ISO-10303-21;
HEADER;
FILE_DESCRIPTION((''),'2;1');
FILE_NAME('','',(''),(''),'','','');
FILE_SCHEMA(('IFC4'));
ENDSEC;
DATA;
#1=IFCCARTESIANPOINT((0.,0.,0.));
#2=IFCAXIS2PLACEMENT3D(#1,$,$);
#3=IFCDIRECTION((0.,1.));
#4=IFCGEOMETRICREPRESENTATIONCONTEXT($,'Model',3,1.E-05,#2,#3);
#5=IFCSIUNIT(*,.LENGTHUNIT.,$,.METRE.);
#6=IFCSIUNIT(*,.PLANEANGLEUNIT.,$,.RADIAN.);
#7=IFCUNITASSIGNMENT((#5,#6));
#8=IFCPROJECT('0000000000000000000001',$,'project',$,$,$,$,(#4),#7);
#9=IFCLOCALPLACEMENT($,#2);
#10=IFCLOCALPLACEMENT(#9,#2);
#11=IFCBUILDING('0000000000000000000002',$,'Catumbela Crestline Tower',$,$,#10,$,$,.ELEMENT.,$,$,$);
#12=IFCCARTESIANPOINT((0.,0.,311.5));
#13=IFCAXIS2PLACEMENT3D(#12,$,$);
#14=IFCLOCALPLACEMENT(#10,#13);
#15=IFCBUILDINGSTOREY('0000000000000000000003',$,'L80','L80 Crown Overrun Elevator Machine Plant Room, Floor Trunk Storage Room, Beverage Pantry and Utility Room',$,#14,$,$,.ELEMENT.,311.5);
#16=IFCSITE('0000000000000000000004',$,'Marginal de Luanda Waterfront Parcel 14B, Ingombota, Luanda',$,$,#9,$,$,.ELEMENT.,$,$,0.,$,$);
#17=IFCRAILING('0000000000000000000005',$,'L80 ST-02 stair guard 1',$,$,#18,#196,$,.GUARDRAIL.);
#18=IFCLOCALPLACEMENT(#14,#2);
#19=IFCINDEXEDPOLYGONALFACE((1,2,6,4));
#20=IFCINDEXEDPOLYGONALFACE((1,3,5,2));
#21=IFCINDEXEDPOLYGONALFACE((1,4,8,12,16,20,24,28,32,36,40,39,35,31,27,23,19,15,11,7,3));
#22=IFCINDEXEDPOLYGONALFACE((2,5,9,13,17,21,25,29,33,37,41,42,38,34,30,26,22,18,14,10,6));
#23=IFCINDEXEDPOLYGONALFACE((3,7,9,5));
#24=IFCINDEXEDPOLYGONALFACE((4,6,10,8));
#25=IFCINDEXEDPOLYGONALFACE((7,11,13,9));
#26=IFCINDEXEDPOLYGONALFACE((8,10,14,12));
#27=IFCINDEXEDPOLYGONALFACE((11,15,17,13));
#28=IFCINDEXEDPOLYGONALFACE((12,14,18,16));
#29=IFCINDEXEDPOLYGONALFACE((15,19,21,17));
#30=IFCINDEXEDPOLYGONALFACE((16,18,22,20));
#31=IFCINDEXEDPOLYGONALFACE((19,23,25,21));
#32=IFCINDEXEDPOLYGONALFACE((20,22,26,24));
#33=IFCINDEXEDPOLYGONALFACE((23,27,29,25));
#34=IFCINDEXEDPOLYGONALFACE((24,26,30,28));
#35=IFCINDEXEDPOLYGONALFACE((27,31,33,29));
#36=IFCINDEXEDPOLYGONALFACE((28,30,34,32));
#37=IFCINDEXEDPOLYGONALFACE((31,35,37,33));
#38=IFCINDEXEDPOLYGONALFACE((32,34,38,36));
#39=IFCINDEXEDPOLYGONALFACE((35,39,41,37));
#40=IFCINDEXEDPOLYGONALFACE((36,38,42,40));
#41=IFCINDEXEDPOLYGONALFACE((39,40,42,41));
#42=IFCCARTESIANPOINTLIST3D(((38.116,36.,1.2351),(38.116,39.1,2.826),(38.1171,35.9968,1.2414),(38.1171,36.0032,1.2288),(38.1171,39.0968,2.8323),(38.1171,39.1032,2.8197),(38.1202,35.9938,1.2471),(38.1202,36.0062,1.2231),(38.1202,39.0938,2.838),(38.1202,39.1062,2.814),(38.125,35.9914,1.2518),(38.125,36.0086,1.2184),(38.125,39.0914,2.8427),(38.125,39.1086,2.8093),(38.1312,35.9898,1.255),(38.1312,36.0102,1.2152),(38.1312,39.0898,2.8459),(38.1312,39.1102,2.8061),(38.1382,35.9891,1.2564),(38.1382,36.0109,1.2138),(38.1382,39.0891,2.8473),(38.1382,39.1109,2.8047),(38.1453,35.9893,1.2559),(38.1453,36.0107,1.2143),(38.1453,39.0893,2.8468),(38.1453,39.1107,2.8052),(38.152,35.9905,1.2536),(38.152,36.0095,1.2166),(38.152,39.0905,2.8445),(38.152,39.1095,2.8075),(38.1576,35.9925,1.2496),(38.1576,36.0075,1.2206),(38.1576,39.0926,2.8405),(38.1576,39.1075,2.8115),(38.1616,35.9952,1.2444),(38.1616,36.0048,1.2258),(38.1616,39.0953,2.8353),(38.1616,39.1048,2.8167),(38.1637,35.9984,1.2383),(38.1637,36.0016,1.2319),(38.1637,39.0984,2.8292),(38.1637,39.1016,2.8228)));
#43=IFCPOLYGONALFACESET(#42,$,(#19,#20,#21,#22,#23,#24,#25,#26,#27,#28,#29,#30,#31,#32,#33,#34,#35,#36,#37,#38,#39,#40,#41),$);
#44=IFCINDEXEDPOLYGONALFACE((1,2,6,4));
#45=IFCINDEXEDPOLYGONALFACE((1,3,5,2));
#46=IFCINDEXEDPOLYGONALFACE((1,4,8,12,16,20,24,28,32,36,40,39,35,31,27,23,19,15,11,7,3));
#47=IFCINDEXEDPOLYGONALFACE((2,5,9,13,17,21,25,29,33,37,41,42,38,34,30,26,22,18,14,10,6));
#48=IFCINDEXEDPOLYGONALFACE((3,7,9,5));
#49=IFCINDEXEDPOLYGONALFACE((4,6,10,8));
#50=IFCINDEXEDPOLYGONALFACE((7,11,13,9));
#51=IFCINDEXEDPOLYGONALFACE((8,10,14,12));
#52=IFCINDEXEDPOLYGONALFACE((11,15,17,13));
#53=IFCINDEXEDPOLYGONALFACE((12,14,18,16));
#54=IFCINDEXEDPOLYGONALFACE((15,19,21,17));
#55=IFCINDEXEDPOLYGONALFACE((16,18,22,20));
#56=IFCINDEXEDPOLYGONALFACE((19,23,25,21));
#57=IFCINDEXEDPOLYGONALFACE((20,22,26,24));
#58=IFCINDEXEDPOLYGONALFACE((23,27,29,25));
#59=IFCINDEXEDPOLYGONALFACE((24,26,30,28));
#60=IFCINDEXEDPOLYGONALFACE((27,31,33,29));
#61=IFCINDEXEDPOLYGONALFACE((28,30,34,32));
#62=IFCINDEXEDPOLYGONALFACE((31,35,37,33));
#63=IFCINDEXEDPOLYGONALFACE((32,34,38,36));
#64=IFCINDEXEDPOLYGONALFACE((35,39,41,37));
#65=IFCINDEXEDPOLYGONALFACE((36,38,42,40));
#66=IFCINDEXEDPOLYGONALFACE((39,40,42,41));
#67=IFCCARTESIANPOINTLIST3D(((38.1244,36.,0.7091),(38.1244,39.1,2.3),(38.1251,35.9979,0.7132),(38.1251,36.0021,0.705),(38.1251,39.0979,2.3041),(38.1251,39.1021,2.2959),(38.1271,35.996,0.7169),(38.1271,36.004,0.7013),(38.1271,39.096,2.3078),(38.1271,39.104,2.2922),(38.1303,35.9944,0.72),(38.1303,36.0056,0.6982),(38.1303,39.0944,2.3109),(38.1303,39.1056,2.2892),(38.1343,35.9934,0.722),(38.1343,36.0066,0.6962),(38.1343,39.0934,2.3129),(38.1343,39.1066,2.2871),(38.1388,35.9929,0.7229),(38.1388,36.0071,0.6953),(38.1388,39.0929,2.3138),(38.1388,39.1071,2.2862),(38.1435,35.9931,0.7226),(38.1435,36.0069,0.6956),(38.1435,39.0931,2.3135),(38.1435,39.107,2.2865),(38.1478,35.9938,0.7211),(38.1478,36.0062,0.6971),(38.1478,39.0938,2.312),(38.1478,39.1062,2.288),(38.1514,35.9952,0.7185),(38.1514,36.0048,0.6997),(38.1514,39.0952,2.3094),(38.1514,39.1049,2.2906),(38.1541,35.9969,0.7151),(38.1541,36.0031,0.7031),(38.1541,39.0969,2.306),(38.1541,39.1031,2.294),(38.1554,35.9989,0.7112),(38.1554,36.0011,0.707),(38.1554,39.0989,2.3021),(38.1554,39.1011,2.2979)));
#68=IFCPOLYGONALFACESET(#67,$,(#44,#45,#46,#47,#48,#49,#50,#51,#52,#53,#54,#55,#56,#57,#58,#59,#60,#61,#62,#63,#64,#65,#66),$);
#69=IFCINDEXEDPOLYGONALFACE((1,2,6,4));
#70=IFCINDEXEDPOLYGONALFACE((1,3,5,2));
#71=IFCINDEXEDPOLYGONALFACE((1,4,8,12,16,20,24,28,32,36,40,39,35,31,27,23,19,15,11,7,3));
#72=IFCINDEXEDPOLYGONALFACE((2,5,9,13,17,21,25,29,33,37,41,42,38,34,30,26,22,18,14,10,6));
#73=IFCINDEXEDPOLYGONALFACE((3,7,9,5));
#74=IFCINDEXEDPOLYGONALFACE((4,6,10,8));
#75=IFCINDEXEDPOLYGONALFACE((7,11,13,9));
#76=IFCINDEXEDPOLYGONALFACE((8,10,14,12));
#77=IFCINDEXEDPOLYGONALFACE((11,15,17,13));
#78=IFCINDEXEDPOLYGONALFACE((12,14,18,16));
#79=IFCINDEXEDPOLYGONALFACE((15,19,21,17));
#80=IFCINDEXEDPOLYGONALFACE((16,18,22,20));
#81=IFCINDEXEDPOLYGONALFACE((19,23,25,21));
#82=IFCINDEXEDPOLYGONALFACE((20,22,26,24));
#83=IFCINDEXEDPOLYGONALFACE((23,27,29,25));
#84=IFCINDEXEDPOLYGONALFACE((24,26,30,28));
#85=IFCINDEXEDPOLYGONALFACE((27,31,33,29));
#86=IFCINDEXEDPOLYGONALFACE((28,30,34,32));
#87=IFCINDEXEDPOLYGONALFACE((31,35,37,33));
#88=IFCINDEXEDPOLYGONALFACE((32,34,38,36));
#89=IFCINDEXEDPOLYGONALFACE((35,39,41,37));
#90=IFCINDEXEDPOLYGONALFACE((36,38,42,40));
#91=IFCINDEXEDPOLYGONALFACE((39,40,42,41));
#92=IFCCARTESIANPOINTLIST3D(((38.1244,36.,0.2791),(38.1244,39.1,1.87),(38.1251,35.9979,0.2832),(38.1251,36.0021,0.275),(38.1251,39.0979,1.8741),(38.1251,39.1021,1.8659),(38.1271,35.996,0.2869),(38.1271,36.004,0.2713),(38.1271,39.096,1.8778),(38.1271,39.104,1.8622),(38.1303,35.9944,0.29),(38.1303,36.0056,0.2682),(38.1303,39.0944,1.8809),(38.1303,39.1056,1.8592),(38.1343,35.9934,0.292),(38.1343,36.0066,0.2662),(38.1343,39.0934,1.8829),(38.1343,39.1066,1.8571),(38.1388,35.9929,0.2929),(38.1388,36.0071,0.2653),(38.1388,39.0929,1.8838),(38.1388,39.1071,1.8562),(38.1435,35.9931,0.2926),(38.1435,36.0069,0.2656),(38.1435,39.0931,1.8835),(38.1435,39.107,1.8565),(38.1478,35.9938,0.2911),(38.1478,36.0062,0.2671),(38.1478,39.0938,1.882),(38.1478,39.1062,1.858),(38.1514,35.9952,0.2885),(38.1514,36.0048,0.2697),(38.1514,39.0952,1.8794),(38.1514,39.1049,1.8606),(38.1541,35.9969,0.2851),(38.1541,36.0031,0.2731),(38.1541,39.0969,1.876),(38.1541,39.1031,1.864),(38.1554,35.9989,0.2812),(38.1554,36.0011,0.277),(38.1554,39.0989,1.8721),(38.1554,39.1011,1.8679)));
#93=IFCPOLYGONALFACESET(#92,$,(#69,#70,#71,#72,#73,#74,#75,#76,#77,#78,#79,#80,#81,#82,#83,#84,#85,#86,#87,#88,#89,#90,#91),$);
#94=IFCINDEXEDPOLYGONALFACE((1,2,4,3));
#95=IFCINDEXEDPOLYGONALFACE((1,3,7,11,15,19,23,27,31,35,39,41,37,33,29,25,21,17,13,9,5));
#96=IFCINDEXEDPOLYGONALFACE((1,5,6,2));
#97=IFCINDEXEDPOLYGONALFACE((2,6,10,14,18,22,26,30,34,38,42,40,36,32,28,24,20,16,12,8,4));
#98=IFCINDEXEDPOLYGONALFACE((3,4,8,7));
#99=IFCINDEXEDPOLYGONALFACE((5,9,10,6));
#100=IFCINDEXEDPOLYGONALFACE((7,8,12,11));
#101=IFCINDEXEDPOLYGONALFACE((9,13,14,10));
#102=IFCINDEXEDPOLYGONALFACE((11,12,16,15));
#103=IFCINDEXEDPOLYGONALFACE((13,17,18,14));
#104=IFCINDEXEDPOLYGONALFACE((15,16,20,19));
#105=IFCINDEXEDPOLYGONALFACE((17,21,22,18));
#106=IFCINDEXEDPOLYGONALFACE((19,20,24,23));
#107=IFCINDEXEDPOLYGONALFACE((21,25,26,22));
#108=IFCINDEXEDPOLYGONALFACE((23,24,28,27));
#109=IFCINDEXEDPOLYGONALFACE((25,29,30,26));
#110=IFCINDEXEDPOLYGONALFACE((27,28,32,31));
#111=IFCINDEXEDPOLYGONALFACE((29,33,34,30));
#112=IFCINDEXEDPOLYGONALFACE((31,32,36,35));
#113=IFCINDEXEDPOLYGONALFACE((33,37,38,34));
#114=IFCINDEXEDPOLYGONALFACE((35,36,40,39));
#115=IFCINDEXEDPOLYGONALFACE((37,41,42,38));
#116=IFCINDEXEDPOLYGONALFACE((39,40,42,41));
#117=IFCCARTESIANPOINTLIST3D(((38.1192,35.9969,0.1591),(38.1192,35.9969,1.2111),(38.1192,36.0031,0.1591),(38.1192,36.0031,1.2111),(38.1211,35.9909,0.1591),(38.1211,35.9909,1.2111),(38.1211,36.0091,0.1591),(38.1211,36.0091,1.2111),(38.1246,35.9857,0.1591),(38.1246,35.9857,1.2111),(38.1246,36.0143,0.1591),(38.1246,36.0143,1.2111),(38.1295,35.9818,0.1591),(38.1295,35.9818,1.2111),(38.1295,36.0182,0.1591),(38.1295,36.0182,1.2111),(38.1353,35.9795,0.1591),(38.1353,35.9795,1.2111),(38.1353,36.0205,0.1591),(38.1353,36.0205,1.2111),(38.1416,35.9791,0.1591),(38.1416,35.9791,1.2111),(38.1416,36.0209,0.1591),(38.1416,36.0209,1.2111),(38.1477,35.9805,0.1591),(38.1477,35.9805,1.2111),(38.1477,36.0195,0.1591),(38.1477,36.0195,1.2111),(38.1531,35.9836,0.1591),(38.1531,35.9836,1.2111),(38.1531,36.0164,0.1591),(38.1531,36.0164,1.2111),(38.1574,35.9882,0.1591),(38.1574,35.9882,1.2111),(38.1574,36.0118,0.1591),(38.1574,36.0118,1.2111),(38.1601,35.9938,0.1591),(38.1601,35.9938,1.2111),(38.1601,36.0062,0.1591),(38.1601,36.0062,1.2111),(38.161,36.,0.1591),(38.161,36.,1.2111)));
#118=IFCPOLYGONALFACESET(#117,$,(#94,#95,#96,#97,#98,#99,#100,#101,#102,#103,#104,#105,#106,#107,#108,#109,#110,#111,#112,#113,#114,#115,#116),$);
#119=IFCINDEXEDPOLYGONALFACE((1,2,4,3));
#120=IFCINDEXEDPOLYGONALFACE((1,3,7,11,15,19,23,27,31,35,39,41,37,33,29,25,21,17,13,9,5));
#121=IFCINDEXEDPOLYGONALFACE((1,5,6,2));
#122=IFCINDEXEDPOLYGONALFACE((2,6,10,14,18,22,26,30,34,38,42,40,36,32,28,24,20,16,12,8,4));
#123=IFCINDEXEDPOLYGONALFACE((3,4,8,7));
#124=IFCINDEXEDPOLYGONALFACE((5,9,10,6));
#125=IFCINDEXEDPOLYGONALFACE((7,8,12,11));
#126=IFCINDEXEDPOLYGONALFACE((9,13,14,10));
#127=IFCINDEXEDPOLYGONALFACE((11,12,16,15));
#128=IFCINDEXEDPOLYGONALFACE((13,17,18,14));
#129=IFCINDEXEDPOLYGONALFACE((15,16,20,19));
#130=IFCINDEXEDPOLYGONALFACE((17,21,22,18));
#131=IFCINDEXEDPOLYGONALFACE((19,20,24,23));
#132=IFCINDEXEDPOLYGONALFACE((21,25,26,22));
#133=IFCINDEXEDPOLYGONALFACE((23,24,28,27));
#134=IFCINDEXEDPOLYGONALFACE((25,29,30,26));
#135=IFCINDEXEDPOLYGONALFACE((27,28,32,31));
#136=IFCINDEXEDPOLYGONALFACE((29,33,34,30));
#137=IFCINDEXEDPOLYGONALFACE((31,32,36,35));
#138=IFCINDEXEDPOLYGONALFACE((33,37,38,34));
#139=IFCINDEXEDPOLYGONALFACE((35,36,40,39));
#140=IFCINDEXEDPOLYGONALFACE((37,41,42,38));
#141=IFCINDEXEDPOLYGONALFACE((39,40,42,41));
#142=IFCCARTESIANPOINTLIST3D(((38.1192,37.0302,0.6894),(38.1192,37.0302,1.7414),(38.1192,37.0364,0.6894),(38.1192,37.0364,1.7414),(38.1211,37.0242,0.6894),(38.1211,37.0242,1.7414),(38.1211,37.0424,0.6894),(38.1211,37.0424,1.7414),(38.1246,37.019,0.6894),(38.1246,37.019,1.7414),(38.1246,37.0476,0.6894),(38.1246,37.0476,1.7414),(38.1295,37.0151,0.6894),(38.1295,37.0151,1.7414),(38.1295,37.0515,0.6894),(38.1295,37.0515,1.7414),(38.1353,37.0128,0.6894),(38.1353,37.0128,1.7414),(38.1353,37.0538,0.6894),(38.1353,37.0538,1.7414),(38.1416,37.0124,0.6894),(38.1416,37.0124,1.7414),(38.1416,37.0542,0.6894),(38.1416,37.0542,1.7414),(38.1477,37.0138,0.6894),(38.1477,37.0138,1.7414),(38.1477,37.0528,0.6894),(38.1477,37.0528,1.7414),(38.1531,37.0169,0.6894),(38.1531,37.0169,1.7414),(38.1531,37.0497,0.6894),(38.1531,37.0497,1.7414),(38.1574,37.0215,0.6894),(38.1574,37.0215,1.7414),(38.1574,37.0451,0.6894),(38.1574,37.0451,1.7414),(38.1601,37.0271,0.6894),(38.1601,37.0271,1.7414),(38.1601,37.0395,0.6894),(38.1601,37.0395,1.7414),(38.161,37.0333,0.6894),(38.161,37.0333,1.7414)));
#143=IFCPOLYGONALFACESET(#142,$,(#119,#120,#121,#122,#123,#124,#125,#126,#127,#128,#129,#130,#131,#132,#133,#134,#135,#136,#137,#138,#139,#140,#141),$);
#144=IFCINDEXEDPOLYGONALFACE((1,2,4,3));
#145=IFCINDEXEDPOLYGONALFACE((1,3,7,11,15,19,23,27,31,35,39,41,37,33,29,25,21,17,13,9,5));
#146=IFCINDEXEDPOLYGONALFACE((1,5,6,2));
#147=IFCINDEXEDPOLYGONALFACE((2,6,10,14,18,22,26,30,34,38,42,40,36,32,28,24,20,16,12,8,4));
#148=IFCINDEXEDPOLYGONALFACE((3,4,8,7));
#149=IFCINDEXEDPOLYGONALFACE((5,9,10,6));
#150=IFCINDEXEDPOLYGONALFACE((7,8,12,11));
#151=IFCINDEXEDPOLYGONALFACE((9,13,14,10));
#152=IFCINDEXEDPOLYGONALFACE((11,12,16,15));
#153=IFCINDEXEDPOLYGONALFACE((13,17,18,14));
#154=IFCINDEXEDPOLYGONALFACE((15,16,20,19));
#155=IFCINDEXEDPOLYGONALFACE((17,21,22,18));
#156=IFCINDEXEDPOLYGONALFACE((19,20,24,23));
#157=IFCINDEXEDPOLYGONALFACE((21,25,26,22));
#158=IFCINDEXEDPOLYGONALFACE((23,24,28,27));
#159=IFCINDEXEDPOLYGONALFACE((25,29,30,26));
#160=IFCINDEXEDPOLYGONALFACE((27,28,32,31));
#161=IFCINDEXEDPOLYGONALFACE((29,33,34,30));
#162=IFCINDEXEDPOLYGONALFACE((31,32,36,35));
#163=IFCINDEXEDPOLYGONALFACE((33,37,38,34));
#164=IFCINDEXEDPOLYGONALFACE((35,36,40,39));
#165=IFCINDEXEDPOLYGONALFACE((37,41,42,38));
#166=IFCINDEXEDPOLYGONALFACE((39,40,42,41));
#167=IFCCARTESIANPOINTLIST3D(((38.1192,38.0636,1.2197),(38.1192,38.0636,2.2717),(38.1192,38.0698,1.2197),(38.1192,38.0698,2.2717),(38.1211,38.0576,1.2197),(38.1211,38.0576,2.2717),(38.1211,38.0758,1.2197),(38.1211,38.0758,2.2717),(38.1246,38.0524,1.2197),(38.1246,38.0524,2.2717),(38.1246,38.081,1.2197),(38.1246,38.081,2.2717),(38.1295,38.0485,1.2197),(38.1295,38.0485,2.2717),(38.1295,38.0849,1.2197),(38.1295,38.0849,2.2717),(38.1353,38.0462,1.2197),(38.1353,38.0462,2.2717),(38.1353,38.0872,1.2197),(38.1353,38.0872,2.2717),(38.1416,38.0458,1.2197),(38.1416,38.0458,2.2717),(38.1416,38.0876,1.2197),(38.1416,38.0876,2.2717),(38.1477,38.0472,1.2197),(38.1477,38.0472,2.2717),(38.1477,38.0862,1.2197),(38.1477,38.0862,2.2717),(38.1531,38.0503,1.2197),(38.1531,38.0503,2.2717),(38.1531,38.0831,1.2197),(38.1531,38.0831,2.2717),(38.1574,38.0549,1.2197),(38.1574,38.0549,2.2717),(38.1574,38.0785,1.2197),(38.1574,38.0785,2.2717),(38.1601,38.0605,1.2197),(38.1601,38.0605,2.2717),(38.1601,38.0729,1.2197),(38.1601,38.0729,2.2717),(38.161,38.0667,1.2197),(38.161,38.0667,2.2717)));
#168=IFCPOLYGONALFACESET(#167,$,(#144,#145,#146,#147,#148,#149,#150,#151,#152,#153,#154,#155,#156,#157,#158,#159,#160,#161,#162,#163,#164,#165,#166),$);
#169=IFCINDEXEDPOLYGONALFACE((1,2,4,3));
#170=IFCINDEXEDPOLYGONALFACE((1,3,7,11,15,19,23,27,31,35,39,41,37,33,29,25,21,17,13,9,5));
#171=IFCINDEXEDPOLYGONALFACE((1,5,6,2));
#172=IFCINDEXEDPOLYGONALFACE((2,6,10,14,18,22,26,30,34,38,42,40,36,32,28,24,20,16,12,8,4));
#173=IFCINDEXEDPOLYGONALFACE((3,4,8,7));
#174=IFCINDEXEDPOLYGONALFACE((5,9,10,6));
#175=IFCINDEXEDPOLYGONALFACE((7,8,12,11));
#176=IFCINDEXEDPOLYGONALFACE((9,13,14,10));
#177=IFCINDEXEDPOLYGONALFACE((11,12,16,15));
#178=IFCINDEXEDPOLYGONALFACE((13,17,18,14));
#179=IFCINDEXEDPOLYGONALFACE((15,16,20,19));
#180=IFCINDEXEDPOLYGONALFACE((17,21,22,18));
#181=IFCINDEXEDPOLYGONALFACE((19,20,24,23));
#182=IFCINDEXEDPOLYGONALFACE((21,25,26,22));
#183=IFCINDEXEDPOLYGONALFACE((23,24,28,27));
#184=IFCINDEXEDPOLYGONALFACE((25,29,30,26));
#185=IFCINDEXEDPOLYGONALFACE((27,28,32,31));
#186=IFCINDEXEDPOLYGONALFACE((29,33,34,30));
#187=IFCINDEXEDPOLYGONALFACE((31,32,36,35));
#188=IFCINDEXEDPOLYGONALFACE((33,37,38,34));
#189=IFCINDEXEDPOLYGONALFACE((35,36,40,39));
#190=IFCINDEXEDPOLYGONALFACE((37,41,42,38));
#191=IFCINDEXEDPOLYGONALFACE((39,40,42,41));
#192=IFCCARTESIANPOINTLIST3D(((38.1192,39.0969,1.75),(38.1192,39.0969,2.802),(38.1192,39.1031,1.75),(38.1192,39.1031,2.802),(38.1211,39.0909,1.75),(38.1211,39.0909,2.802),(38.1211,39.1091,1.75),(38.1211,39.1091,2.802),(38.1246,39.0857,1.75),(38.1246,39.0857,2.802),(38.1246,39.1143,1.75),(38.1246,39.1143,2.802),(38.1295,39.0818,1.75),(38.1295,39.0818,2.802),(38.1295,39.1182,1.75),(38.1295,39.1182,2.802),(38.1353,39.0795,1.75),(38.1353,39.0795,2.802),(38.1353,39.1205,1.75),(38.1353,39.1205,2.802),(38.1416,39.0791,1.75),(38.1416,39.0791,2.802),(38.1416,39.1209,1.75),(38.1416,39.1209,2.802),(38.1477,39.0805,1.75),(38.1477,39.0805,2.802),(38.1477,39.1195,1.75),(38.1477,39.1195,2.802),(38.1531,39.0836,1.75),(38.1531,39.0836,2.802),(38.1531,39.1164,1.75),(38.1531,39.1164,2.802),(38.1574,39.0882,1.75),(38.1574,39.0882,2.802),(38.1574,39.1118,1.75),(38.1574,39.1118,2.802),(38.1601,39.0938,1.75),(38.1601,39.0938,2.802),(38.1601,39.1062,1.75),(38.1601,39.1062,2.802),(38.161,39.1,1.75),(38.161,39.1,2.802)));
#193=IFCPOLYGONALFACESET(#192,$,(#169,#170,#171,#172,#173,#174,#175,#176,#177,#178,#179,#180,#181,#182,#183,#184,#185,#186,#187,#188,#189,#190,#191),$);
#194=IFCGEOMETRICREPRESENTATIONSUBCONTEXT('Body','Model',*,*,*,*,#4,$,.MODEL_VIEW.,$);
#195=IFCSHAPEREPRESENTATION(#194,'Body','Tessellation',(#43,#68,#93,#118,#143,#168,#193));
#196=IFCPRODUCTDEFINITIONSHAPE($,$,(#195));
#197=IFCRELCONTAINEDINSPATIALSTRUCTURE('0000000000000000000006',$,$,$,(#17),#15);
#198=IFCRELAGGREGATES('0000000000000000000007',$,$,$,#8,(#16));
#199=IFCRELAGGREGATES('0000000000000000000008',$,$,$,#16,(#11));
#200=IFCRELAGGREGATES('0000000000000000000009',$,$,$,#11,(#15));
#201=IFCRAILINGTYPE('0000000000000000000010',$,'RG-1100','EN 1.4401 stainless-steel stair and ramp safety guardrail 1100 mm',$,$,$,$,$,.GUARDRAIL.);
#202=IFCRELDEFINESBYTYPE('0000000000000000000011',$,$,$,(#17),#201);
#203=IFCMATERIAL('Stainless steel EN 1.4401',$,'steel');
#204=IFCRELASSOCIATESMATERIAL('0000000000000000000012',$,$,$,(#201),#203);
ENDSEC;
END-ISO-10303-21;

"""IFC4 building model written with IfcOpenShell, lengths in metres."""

from ifc_helpers import new_model, si_unit, direction, frame, origin, origin_2d, place, context, subcontext, project, spatial, circle, extrude, material, type_object, element, save


model = new_model("IFC4")

# Units and contexts
model_context = context("Model", 3, precision=1e-05, world=origin(), true_north=direction((0.0, 1.0)))
body_context = subcontext(model_context, "Body", "Model", "MODEL_VIEW")
ifc_project = project(units=[si_unit("LENGTHUNIT", "METRE"), si_unit("PLANEANGLEUNIT", "RADIAN")], contexts=[model_context])

# Site, building, storey
site_placement = place(None, origin())
site = spatial("IfcSite", under=ifc_project, at=site_placement, Name="Marginal de Luanda Waterfront Parcel 14B, Ingombota, Luanda", CompositionType="ELEMENT", RefElevation=0.0)
building_placement = place(site_placement, origin())
building = spatial("IfcBuilding", under=site, at=building_placement, Name="Catumbela Crestline Tower", CompositionType="ELEMENT")
storey_placement = place(building_placement, frame((0.0, 0.0, 311.5)))
storey = spatial("IfcBuildingStorey", under=building, at=storey_placement, Name="L80", Description="L80 Crown Overrun Elevator Machine Plant Room, Floor Trunk Storage Room, Beverage Pantry and Utility Room", CompositionType="ELEMENT", Elevation=311.5)

# Railing
ifc_material_1 = material(Name="Stainless steel EN 1.4401", Category="steel")
railing_type_1 = type_object("IfcRailingType", Name="RG-1100", Description="EN 1.4401 stainless-steel stair and ramp safety guardrail 1100 mm", PredefinedType="GUARDRAIL", material=ifc_material_1)
railing_1_placement = place(storey_placement, frame((38.14, 36.0, 0.1591)))
element("IfcRailing", 1, at=railing_1_placement, inside=storey, type_object=railing_type_1, Name="L80 ST-02 stair guard 1", PredefinedType="GUARDRAIL", context=body_context, shape_type="SweptSolid", body=[
    extrude(circle(Radius=0.024, at=origin_2d()), frame((0.0, 0.0, 1.076), z_axis=(0.0, 0.889683, 0.456579), x_axis=(-1.0, 0.0, 0.0)), (0.0, 0.0, 1.0), 3.4844),
    extrude(circle(Radius=0.0156, at=origin_2d()), frame((0.0, 0.0, 0.55), z_axis=(0.0, 0.889683, 0.456579), x_axis=(-1.0, 0.0, 0.0)), (0.0, 0.0, 1.0), 3.4844),
    extrude(circle(Radius=0.0156, at=origin_2d()), frame((0.0, 0.0, 0.12), z_axis=(0.0, 0.889683, 0.456579), x_axis=(-1.0, 0.0, 0.0)), (0.0, 0.0, 1.0), 3.4844),
    extrude(circle(Radius=0.021, at=origin_2d()), origin(), (0.0, 0.0, 1.0), 1.052),
    extrude(circle(Radius=0.021, at=origin_2d()), frame((0.0, 1.0333, 0.5303)), (0.0, 0.0, 1.0), 1.052),
    extrude(circle(Radius=0.021, at=origin_2d()), frame((0.0, 2.0667, 1.0606)), (0.0, 0.0, 1.0), 1.052),
    extrude(circle(Radius=0.021, at=origin_2d()), frame((0.0, 3.1, 1.5909)), (0.0, 0.0, 1.0), 1.052),
])

save(model, "model.ifc")
